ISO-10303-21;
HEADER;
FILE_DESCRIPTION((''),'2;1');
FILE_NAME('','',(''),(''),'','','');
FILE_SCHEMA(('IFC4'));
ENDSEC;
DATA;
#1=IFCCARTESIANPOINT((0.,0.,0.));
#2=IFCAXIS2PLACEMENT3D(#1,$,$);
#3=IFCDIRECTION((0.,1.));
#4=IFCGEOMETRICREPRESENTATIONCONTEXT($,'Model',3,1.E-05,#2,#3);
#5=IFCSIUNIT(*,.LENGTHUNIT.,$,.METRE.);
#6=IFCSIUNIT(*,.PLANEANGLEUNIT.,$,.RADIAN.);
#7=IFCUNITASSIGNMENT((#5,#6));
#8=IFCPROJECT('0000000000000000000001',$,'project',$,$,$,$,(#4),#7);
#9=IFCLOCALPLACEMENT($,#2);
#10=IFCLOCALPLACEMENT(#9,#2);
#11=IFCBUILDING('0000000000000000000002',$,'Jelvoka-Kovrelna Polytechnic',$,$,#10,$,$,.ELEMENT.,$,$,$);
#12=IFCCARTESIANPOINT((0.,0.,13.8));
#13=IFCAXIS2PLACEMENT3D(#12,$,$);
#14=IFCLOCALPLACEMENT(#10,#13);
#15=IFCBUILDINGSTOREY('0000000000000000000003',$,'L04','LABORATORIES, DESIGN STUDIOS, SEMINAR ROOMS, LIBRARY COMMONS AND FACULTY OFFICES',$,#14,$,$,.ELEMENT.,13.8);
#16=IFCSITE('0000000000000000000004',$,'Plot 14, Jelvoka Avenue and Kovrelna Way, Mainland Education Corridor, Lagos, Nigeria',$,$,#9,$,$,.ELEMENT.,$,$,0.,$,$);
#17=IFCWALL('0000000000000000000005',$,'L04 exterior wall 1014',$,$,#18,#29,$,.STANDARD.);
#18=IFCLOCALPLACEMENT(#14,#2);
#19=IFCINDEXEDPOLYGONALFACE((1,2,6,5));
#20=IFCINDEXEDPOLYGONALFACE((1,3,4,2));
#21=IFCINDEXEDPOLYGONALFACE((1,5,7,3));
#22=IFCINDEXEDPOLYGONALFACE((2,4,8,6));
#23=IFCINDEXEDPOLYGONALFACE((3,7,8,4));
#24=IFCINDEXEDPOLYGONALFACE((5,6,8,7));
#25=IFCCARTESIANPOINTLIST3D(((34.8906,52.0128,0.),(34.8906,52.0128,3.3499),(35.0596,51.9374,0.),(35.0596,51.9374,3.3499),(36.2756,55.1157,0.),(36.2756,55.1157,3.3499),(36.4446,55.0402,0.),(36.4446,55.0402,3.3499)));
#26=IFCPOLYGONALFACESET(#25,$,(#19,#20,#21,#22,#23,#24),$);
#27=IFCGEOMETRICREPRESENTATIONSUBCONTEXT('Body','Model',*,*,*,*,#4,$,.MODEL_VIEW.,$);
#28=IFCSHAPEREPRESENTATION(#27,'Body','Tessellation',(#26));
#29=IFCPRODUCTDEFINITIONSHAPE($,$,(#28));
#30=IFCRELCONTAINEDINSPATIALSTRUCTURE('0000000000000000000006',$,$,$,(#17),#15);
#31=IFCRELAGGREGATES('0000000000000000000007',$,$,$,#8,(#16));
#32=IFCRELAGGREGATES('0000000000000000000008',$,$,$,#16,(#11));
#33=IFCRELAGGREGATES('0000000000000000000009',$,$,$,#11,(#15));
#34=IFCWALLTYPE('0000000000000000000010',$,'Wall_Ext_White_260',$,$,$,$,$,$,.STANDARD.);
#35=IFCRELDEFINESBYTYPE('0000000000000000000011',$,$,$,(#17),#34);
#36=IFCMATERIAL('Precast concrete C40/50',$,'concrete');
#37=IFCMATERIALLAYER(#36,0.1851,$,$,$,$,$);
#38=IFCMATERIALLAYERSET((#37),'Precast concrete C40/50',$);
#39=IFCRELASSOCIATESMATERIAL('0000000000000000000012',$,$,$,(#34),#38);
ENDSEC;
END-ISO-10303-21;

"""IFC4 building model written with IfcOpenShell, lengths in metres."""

from ifc_helpers import new_model, si_unit, direction, frame, frame_2d, origin, place, context, subcontext, project, spatial, rectangle, extrude, material, layer, layer_set, type_object, element, save


model = new_model("IFC4")

# Units and contexts
model_context = context("Model", 3, precision=1e-05, world=origin(), true_north=direction((0.0, 1.0)))
body_context = subcontext(model_context, "Body", "Model", "MODEL_VIEW")
ifc_project = project(units=[si_unit("LENGTHUNIT", "METRE"), si_unit("PLANEANGLEUNIT", "RADIAN")], contexts=[model_context])

# Site, building, storey
site_placement = place(None, origin())
site = spatial("IfcSite", under=ifc_project, at=site_placement, Name="Plot 14, Jelvoka Avenue and Kovrelna Way, Mainland Education Corridor, Lagos, Nigeria", CompositionType="ELEMENT", RefElevation=0.0)
building_placement = place(site_placement, origin())
building = spatial("IfcBuilding", under=site, at=building_placement, Name="Jelvoka-Kovrelna Polytechnic", CompositionType="ELEMENT")
storey_placement = place(building_placement, frame((0.0, 0.0, 13.8)))
storey = spatial("IfcBuildingStorey", under=building, at=storey_placement, Name="L04", Description="LABORATORIES, DESIGN STUDIOS, SEMINAR ROOMS, LIBRARY COMMONS AND FACULTY OFFICES", CompositionType="ELEMENT", Elevation=13.8)

# Wall
ifc_material_1 = material(Name="Precast concrete C40/50", Category="concrete")
ifc_layer_1 = layer(ifc_material_1, 0.1851)
ifc_layer_set_1 = layer_set([ifc_layer_1], Name="Precast concrete C40/50")
wall_type_1 = type_object("IfcWallType", Name="Wall_Ext_White_260", PredefinedType="STANDARD", material=ifc_layer_set_1)
wall_1_placement = place(storey_placement, frame((34.9751, 51.9751, 0.0), z_axis=(0.0, 0.0, 1.0), x_axis=(0.407611, 0.913156, 0.0)))
element("IfcWall", 1, at=wall_1_placement, inside=storey, type_object=wall_type_1, Name="L04 exterior wall 1014", PredefinedType="STANDARD", context=body_context, shape_type="SweptSolid", body=[
    extrude(rectangle(XDim=3.3979, YDim=0.1851, at=frame_2d((1.699, 0.0))), origin(), (0.0, 0.0, 1.0), 3.3499),
])

save(model, "model.ifc")
